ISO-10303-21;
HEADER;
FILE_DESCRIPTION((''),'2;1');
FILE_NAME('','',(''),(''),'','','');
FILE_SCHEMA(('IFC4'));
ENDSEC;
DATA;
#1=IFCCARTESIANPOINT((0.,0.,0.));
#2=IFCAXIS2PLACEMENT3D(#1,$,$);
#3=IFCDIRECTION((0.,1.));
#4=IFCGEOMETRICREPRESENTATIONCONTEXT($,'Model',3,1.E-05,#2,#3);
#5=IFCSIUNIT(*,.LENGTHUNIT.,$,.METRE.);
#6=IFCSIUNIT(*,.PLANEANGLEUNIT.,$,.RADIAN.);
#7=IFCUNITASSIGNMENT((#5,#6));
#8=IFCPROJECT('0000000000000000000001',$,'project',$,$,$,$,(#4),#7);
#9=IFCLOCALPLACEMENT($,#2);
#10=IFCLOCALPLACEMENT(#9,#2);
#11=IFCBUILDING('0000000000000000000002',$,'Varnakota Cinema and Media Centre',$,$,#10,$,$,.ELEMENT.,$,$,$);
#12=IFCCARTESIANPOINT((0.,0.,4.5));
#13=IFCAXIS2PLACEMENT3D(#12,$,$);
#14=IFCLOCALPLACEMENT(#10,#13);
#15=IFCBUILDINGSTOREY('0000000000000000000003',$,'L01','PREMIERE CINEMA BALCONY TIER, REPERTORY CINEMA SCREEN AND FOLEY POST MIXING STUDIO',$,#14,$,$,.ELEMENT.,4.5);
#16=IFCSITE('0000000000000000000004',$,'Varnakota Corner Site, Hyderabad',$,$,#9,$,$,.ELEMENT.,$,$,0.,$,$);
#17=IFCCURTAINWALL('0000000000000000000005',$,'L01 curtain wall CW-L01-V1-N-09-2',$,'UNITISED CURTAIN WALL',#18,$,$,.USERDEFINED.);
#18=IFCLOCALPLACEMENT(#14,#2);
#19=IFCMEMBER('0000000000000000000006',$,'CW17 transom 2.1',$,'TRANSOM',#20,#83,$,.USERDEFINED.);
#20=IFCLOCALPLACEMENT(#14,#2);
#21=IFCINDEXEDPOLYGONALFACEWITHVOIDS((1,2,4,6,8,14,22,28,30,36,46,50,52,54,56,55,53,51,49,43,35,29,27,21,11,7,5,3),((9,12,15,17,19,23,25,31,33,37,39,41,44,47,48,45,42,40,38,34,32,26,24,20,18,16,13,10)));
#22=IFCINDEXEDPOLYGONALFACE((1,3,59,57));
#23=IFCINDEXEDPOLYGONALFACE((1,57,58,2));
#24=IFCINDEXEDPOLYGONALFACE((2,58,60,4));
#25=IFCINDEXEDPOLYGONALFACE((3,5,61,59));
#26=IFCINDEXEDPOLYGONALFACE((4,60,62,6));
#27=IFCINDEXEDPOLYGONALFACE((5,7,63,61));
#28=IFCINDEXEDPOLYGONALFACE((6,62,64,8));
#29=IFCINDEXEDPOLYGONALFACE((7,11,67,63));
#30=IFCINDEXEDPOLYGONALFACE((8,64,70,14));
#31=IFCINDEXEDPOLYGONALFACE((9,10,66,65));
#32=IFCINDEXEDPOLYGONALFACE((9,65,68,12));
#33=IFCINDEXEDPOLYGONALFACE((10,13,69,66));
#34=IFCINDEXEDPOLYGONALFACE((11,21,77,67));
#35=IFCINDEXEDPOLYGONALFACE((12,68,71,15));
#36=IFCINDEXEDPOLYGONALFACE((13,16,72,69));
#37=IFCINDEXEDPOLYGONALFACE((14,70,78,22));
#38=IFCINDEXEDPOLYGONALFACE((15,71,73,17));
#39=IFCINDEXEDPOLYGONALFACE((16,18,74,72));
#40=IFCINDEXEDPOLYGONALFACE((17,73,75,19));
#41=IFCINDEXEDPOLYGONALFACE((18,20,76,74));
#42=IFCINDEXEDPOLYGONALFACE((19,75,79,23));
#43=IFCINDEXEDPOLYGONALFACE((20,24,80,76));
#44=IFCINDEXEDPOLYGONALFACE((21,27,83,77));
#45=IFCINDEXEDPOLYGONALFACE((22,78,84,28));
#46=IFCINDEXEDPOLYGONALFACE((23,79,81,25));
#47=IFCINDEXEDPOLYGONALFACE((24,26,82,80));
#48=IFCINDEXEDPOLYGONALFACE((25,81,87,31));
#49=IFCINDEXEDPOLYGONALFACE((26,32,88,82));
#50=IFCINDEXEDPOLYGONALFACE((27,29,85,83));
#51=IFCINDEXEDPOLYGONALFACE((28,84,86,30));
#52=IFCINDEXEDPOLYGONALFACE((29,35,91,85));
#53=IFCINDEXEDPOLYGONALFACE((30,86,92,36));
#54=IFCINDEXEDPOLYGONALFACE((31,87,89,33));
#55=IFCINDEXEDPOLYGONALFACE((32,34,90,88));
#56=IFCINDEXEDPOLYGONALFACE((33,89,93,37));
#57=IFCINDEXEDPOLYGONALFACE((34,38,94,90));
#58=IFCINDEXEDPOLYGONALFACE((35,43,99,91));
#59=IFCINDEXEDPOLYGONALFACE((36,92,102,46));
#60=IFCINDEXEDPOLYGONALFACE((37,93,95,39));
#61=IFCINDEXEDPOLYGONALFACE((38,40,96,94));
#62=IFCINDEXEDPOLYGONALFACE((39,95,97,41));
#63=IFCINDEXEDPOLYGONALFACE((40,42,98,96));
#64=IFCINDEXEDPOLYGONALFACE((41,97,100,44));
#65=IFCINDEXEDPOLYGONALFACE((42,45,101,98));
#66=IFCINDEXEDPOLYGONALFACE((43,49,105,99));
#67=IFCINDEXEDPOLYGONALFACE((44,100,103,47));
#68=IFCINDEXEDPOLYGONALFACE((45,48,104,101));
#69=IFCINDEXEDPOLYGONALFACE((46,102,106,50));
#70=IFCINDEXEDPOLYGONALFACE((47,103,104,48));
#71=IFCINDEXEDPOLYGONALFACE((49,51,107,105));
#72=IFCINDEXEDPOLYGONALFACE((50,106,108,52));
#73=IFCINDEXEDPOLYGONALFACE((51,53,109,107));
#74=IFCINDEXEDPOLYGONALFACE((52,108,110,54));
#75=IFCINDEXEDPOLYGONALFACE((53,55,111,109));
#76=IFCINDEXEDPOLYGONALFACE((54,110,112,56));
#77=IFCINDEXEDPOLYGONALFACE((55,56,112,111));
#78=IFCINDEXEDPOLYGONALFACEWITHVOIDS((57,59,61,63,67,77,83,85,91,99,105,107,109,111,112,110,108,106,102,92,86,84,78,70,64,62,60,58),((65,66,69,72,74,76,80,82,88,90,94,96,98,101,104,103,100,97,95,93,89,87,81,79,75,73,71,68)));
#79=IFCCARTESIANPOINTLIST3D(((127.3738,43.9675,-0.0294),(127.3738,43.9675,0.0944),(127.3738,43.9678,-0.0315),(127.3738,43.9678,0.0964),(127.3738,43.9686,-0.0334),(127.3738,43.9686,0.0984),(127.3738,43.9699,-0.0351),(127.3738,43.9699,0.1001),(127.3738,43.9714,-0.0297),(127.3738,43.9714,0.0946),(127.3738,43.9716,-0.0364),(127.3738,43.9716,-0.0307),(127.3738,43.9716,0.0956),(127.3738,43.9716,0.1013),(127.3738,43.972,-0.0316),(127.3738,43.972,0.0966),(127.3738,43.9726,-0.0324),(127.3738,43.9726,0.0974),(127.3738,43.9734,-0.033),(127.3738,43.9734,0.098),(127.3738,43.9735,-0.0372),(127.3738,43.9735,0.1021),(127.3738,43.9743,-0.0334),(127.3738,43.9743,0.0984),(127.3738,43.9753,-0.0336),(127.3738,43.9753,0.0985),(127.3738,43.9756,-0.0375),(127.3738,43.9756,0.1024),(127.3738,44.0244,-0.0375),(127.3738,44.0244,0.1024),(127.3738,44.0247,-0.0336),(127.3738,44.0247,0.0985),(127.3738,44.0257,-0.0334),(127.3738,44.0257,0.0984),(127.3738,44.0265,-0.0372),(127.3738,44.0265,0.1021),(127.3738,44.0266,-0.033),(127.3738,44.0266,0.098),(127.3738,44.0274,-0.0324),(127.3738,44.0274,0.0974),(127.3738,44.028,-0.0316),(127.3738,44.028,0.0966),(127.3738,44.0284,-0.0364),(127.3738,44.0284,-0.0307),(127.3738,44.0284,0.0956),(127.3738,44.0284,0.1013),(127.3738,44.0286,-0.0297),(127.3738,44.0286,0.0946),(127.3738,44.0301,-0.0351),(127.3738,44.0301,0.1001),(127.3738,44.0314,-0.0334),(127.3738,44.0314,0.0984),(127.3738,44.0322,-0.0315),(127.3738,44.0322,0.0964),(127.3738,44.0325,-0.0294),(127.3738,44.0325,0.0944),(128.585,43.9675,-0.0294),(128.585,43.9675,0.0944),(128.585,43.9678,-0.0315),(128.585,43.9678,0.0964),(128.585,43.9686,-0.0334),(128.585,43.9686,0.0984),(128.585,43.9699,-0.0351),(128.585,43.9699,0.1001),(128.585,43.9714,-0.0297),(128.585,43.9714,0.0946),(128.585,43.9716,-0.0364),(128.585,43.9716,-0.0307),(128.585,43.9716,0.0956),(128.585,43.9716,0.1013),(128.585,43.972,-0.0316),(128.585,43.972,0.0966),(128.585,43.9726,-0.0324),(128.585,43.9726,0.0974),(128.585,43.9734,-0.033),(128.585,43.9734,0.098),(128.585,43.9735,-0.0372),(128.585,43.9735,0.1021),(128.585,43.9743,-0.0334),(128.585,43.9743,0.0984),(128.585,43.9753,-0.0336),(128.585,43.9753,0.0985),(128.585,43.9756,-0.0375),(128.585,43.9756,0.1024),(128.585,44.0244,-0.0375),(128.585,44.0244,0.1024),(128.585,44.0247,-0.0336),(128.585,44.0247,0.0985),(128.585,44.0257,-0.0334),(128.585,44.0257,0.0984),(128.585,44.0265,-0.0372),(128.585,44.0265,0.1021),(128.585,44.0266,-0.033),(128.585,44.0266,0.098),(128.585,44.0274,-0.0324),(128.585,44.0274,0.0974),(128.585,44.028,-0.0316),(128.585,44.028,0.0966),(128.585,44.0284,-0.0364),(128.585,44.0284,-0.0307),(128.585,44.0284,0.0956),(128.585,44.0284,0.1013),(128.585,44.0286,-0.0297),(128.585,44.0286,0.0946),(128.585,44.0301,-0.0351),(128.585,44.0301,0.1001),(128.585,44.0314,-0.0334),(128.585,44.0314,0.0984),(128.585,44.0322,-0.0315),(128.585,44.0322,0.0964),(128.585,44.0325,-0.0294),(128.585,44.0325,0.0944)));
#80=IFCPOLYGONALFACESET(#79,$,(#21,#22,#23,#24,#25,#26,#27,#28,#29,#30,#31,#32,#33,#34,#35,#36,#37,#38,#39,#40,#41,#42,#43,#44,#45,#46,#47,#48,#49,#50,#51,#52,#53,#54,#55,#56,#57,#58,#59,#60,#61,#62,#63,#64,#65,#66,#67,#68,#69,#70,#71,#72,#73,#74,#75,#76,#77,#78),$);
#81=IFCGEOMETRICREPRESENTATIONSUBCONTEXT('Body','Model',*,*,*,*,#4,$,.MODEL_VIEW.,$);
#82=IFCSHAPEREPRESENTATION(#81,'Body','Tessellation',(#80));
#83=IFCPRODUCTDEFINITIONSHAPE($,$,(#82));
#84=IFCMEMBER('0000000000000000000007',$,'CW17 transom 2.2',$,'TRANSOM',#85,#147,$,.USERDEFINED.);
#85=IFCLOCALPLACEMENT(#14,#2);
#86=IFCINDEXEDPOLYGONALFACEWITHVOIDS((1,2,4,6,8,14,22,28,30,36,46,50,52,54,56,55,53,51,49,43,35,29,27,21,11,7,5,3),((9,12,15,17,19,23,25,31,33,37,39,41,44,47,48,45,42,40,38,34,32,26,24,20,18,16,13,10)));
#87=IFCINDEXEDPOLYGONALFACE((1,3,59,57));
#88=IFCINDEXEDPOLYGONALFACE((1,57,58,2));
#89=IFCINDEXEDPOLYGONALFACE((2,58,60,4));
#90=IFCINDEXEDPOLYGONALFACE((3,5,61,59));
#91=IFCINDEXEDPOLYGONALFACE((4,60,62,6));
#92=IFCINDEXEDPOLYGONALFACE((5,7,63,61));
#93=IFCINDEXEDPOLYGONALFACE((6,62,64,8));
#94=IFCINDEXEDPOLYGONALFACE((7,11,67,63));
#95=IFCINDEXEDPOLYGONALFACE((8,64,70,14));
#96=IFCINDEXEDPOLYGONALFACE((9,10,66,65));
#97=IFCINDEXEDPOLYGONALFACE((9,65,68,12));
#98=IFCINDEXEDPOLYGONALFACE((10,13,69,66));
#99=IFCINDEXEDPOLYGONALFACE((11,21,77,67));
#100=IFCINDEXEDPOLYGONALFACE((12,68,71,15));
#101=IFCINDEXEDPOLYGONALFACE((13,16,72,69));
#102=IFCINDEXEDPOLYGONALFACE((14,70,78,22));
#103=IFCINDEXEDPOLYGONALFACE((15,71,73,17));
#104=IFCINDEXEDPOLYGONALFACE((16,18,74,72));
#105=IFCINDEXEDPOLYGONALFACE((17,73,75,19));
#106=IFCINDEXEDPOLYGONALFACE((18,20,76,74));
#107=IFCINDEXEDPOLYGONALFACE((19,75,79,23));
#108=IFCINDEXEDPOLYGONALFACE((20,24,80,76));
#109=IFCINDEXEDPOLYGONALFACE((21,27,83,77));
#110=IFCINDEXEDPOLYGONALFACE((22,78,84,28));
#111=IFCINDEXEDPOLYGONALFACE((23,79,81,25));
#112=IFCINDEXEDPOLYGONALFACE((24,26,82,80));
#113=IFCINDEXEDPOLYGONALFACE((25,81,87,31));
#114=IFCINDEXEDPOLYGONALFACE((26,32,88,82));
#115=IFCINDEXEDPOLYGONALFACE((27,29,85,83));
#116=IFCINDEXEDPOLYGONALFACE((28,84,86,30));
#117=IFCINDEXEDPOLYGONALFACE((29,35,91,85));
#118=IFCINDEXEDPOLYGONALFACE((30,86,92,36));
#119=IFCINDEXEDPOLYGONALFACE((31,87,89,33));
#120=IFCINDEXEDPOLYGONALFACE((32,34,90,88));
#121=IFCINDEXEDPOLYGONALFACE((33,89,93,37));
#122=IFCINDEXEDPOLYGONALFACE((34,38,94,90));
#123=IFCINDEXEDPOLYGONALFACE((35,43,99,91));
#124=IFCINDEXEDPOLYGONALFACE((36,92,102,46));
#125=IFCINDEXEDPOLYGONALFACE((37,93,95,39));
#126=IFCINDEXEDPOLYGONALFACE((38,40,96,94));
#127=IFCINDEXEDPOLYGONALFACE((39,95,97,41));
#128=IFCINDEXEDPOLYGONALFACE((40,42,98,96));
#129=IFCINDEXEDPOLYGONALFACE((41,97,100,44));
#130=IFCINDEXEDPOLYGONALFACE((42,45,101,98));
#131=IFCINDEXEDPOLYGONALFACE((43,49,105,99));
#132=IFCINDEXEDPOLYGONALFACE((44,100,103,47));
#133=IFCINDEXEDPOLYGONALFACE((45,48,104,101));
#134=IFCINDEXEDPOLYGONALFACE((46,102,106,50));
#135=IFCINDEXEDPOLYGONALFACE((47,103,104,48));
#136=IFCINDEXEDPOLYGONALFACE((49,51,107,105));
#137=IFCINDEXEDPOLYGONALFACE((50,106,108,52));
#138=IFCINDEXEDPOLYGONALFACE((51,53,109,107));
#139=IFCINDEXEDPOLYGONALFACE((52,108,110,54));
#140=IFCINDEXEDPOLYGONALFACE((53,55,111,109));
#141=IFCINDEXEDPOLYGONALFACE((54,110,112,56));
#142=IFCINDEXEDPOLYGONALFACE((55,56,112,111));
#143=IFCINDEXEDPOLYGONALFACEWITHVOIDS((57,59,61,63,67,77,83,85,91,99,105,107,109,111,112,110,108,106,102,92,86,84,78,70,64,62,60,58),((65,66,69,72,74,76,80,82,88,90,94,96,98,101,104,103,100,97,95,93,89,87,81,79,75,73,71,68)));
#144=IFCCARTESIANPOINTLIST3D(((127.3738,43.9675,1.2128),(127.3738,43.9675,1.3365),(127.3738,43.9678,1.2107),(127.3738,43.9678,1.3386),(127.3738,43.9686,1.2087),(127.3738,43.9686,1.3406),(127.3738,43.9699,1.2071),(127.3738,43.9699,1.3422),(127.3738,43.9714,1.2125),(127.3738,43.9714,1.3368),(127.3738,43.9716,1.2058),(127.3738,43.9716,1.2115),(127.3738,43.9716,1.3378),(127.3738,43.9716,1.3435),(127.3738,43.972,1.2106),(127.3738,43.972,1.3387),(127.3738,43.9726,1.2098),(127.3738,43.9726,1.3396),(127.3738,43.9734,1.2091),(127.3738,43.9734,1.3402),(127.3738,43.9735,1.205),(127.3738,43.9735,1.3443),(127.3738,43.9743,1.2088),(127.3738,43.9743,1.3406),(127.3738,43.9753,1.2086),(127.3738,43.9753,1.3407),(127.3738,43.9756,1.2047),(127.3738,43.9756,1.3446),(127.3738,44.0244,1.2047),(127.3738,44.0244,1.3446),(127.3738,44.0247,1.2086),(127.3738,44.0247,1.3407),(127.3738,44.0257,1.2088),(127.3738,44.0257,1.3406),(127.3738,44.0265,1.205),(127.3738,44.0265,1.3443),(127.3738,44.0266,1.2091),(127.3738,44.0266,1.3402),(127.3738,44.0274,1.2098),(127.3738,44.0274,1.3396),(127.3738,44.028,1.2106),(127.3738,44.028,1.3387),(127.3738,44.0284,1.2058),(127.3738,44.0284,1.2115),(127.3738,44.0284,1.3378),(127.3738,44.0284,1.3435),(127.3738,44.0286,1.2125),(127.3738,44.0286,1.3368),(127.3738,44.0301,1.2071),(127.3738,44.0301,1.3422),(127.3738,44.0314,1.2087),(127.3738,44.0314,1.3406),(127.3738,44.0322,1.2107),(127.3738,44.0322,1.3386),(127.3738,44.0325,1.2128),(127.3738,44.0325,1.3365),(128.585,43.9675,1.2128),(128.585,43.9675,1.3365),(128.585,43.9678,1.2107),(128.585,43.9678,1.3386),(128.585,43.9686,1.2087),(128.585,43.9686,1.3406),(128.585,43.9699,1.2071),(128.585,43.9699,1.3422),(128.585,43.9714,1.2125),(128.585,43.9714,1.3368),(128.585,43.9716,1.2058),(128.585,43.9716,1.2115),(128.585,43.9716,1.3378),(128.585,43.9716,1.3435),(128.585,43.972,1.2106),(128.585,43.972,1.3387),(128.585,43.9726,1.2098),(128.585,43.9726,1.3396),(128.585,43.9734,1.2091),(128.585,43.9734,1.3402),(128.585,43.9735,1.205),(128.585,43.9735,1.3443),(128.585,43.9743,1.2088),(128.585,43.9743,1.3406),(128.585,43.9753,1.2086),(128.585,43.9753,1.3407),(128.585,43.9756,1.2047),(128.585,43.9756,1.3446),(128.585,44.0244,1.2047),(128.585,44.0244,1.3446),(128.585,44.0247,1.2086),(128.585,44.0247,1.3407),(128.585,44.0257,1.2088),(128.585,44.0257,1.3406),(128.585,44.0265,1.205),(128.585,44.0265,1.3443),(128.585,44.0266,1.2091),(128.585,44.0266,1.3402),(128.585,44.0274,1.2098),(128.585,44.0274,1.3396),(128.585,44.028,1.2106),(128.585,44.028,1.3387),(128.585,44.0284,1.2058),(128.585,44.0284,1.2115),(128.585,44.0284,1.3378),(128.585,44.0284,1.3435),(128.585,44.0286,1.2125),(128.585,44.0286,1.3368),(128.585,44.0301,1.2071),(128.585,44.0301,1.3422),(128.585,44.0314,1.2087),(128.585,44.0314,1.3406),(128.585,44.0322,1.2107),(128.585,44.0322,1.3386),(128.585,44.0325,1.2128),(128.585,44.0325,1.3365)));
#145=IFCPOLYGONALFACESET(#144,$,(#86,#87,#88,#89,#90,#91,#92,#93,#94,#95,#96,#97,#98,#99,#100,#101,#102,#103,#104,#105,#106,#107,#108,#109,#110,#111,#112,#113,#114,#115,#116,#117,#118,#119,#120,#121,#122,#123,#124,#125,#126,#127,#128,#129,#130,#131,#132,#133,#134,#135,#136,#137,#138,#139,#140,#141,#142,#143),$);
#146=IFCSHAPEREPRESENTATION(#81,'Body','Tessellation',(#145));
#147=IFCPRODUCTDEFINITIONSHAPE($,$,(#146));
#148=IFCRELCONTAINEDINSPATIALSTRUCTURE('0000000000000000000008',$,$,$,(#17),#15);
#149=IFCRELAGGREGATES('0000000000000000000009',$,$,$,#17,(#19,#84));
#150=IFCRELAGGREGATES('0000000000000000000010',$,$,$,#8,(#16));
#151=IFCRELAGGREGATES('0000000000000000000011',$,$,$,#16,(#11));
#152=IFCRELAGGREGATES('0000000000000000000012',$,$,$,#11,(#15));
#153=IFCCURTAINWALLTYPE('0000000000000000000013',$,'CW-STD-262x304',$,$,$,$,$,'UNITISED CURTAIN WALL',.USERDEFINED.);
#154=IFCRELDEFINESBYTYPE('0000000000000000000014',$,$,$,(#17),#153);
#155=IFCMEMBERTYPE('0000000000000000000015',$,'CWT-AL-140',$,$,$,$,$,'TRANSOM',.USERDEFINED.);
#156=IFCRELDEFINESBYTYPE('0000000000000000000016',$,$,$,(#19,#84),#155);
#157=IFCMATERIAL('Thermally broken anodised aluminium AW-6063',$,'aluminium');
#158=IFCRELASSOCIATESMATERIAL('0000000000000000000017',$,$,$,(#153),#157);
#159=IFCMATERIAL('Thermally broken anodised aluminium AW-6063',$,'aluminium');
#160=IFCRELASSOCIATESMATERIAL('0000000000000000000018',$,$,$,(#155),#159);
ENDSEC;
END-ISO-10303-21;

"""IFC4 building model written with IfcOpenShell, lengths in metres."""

from ifc_helpers import new_model, si_unit, direction, frame, origin, origin_2d, place, context, subcontext, project, spatial, hollow_rectangle, extrude, material, material_profile, profile_set, type_object, element, aggregate, save


model = new_model("IFC4")

# Units and contexts
model_context = context("Model", 3, precision=1e-05, world=origin(), true_north=direction((0.0, 1.0)))
body_context = subcontext(model_context, "Body", "Model", "MODEL_VIEW")
ifc_project = project(units=[si_unit("LENGTHUNIT", "METRE"), si_unit("PLANEANGLEUNIT", "RADIAN")], contexts=[model_context])

# Site, building, storey
site_placement = place(None, origin())
site = spatial("IfcSite", under=ifc_project, at=site_placement, Name="Varnakota Corner Site, Hyderabad", CompositionType="ELEMENT", RefElevation=0.0)
building_placement = place(site_placement, origin())
building = spatial("IfcBuilding", under=site, at=building_placement, Name="Varnakota Cinema and Media Centre", CompositionType="ELEMENT")
storey_placement = place(building_placement, frame((0.0, 0.0, 4.5)))
storey = spatial("IfcBuildingStorey", under=building, at=storey_placement, Name="L01", Description="PREMIERE CINEMA BALCONY TIER, REPERTORY CINEMA SCREEN AND FOLEY POST MIXING STUDIO", CompositionType="ELEMENT", Elevation=4.5)

# Curtain wall
ifc_material_1 = material(Name="Thermally broken anodised aluminium AW-6063", Category="aluminium")
curtain_wall_type = type_object("IfcCurtainWallType", Name="CW-STD-262x304", ElementType="UNITISED CURTAIN WALL", PredefinedType="USERDEFINED", material=ifc_material_1)
curtain_wall_1_placement = place(storey_placement, origin())
curtain_wall_1 = element("IfcCurtainWall", 1, at=curtain_wall_1_placement, inside=storey, type_object=curtain_wall_type, Name="L01 curtain wall CW-L01-V1-N-09-2", ObjectType="UNITISED CURTAIN WALL", PredefinedType="USERDEFINED")

# Members
ifc_material_2 = material(Name="Thermally broken anodised aluminium AW-6063", Category="aluminium")
ifc_material_profile_1 = material_profile(ifc_material_2, hollow_rectangle(XDim=0.0649, YDim=0.1399, WallThickness=0.0039, InnerFilletRadius=0.0039, OuterFilletRadius=0.0081, at=origin_2d()), Name="AL-TRANSOM 140x65x4")
ifc_profile_set_1 = profile_set([ifc_material_profile_1], Name="Thermally broken anodised aluminium AW-6063")
member_type_1 = type_object("IfcMemberType", Name="CWT-AL-140", ElementType="TRANSOM", PredefinedType="USERDEFINED", material=ifc_profile_set_1)
member_1_placement = place(storey_placement, frame((127.3738, 44.0, 0.0325), z_axis=(1.0, 0.0, 0.0), x_axis=(0.0, 1.0, 0.0)))
member_1 = element("IfcMember", 2, at=member_1_placement, type_object=member_type_1, Name="CW17 transom 2.1", ObjectType="TRANSOM", PredefinedType="USERDEFINED", context=body_context, shape_type="SweptSolid", body=[
    extrude(hollow_rectangle(XDim=0.0649, YDim=0.1399, WallThickness=0.0039, InnerFilletRadius=0.0039, OuterFilletRadius=0.0081, at=origin_2d()), origin(), (0.0, 0.0, 1.0), 1.2112),
])
member_2_placement = place(storey_placement, frame((127.3738, 44.0, 1.2747), z_axis=(1.0, 0.0, 0.0), x_axis=(0.0, 1.0, 0.0)))
member_2 = element("IfcMember", 3, at=member_2_placement, type_object=member_type_1, Name="CW17 transom 2.2", ObjectType="TRANSOM", PredefinedType="USERDEFINED", context=body_context, shape_type="SweptSolid", body=[
    extrude(hollow_rectangle(XDim=0.0649, YDim=0.1399, WallThickness=0.0039, InnerFilletRadius=0.0039, OuterFilletRadius=0.0081, at=origin_2d()), origin(), (0.0, 0.0, 1.0), 1.2112),
])

aggregate(curtain_wall_1, [member_1, member_2])

save(model, "model.ifc")
